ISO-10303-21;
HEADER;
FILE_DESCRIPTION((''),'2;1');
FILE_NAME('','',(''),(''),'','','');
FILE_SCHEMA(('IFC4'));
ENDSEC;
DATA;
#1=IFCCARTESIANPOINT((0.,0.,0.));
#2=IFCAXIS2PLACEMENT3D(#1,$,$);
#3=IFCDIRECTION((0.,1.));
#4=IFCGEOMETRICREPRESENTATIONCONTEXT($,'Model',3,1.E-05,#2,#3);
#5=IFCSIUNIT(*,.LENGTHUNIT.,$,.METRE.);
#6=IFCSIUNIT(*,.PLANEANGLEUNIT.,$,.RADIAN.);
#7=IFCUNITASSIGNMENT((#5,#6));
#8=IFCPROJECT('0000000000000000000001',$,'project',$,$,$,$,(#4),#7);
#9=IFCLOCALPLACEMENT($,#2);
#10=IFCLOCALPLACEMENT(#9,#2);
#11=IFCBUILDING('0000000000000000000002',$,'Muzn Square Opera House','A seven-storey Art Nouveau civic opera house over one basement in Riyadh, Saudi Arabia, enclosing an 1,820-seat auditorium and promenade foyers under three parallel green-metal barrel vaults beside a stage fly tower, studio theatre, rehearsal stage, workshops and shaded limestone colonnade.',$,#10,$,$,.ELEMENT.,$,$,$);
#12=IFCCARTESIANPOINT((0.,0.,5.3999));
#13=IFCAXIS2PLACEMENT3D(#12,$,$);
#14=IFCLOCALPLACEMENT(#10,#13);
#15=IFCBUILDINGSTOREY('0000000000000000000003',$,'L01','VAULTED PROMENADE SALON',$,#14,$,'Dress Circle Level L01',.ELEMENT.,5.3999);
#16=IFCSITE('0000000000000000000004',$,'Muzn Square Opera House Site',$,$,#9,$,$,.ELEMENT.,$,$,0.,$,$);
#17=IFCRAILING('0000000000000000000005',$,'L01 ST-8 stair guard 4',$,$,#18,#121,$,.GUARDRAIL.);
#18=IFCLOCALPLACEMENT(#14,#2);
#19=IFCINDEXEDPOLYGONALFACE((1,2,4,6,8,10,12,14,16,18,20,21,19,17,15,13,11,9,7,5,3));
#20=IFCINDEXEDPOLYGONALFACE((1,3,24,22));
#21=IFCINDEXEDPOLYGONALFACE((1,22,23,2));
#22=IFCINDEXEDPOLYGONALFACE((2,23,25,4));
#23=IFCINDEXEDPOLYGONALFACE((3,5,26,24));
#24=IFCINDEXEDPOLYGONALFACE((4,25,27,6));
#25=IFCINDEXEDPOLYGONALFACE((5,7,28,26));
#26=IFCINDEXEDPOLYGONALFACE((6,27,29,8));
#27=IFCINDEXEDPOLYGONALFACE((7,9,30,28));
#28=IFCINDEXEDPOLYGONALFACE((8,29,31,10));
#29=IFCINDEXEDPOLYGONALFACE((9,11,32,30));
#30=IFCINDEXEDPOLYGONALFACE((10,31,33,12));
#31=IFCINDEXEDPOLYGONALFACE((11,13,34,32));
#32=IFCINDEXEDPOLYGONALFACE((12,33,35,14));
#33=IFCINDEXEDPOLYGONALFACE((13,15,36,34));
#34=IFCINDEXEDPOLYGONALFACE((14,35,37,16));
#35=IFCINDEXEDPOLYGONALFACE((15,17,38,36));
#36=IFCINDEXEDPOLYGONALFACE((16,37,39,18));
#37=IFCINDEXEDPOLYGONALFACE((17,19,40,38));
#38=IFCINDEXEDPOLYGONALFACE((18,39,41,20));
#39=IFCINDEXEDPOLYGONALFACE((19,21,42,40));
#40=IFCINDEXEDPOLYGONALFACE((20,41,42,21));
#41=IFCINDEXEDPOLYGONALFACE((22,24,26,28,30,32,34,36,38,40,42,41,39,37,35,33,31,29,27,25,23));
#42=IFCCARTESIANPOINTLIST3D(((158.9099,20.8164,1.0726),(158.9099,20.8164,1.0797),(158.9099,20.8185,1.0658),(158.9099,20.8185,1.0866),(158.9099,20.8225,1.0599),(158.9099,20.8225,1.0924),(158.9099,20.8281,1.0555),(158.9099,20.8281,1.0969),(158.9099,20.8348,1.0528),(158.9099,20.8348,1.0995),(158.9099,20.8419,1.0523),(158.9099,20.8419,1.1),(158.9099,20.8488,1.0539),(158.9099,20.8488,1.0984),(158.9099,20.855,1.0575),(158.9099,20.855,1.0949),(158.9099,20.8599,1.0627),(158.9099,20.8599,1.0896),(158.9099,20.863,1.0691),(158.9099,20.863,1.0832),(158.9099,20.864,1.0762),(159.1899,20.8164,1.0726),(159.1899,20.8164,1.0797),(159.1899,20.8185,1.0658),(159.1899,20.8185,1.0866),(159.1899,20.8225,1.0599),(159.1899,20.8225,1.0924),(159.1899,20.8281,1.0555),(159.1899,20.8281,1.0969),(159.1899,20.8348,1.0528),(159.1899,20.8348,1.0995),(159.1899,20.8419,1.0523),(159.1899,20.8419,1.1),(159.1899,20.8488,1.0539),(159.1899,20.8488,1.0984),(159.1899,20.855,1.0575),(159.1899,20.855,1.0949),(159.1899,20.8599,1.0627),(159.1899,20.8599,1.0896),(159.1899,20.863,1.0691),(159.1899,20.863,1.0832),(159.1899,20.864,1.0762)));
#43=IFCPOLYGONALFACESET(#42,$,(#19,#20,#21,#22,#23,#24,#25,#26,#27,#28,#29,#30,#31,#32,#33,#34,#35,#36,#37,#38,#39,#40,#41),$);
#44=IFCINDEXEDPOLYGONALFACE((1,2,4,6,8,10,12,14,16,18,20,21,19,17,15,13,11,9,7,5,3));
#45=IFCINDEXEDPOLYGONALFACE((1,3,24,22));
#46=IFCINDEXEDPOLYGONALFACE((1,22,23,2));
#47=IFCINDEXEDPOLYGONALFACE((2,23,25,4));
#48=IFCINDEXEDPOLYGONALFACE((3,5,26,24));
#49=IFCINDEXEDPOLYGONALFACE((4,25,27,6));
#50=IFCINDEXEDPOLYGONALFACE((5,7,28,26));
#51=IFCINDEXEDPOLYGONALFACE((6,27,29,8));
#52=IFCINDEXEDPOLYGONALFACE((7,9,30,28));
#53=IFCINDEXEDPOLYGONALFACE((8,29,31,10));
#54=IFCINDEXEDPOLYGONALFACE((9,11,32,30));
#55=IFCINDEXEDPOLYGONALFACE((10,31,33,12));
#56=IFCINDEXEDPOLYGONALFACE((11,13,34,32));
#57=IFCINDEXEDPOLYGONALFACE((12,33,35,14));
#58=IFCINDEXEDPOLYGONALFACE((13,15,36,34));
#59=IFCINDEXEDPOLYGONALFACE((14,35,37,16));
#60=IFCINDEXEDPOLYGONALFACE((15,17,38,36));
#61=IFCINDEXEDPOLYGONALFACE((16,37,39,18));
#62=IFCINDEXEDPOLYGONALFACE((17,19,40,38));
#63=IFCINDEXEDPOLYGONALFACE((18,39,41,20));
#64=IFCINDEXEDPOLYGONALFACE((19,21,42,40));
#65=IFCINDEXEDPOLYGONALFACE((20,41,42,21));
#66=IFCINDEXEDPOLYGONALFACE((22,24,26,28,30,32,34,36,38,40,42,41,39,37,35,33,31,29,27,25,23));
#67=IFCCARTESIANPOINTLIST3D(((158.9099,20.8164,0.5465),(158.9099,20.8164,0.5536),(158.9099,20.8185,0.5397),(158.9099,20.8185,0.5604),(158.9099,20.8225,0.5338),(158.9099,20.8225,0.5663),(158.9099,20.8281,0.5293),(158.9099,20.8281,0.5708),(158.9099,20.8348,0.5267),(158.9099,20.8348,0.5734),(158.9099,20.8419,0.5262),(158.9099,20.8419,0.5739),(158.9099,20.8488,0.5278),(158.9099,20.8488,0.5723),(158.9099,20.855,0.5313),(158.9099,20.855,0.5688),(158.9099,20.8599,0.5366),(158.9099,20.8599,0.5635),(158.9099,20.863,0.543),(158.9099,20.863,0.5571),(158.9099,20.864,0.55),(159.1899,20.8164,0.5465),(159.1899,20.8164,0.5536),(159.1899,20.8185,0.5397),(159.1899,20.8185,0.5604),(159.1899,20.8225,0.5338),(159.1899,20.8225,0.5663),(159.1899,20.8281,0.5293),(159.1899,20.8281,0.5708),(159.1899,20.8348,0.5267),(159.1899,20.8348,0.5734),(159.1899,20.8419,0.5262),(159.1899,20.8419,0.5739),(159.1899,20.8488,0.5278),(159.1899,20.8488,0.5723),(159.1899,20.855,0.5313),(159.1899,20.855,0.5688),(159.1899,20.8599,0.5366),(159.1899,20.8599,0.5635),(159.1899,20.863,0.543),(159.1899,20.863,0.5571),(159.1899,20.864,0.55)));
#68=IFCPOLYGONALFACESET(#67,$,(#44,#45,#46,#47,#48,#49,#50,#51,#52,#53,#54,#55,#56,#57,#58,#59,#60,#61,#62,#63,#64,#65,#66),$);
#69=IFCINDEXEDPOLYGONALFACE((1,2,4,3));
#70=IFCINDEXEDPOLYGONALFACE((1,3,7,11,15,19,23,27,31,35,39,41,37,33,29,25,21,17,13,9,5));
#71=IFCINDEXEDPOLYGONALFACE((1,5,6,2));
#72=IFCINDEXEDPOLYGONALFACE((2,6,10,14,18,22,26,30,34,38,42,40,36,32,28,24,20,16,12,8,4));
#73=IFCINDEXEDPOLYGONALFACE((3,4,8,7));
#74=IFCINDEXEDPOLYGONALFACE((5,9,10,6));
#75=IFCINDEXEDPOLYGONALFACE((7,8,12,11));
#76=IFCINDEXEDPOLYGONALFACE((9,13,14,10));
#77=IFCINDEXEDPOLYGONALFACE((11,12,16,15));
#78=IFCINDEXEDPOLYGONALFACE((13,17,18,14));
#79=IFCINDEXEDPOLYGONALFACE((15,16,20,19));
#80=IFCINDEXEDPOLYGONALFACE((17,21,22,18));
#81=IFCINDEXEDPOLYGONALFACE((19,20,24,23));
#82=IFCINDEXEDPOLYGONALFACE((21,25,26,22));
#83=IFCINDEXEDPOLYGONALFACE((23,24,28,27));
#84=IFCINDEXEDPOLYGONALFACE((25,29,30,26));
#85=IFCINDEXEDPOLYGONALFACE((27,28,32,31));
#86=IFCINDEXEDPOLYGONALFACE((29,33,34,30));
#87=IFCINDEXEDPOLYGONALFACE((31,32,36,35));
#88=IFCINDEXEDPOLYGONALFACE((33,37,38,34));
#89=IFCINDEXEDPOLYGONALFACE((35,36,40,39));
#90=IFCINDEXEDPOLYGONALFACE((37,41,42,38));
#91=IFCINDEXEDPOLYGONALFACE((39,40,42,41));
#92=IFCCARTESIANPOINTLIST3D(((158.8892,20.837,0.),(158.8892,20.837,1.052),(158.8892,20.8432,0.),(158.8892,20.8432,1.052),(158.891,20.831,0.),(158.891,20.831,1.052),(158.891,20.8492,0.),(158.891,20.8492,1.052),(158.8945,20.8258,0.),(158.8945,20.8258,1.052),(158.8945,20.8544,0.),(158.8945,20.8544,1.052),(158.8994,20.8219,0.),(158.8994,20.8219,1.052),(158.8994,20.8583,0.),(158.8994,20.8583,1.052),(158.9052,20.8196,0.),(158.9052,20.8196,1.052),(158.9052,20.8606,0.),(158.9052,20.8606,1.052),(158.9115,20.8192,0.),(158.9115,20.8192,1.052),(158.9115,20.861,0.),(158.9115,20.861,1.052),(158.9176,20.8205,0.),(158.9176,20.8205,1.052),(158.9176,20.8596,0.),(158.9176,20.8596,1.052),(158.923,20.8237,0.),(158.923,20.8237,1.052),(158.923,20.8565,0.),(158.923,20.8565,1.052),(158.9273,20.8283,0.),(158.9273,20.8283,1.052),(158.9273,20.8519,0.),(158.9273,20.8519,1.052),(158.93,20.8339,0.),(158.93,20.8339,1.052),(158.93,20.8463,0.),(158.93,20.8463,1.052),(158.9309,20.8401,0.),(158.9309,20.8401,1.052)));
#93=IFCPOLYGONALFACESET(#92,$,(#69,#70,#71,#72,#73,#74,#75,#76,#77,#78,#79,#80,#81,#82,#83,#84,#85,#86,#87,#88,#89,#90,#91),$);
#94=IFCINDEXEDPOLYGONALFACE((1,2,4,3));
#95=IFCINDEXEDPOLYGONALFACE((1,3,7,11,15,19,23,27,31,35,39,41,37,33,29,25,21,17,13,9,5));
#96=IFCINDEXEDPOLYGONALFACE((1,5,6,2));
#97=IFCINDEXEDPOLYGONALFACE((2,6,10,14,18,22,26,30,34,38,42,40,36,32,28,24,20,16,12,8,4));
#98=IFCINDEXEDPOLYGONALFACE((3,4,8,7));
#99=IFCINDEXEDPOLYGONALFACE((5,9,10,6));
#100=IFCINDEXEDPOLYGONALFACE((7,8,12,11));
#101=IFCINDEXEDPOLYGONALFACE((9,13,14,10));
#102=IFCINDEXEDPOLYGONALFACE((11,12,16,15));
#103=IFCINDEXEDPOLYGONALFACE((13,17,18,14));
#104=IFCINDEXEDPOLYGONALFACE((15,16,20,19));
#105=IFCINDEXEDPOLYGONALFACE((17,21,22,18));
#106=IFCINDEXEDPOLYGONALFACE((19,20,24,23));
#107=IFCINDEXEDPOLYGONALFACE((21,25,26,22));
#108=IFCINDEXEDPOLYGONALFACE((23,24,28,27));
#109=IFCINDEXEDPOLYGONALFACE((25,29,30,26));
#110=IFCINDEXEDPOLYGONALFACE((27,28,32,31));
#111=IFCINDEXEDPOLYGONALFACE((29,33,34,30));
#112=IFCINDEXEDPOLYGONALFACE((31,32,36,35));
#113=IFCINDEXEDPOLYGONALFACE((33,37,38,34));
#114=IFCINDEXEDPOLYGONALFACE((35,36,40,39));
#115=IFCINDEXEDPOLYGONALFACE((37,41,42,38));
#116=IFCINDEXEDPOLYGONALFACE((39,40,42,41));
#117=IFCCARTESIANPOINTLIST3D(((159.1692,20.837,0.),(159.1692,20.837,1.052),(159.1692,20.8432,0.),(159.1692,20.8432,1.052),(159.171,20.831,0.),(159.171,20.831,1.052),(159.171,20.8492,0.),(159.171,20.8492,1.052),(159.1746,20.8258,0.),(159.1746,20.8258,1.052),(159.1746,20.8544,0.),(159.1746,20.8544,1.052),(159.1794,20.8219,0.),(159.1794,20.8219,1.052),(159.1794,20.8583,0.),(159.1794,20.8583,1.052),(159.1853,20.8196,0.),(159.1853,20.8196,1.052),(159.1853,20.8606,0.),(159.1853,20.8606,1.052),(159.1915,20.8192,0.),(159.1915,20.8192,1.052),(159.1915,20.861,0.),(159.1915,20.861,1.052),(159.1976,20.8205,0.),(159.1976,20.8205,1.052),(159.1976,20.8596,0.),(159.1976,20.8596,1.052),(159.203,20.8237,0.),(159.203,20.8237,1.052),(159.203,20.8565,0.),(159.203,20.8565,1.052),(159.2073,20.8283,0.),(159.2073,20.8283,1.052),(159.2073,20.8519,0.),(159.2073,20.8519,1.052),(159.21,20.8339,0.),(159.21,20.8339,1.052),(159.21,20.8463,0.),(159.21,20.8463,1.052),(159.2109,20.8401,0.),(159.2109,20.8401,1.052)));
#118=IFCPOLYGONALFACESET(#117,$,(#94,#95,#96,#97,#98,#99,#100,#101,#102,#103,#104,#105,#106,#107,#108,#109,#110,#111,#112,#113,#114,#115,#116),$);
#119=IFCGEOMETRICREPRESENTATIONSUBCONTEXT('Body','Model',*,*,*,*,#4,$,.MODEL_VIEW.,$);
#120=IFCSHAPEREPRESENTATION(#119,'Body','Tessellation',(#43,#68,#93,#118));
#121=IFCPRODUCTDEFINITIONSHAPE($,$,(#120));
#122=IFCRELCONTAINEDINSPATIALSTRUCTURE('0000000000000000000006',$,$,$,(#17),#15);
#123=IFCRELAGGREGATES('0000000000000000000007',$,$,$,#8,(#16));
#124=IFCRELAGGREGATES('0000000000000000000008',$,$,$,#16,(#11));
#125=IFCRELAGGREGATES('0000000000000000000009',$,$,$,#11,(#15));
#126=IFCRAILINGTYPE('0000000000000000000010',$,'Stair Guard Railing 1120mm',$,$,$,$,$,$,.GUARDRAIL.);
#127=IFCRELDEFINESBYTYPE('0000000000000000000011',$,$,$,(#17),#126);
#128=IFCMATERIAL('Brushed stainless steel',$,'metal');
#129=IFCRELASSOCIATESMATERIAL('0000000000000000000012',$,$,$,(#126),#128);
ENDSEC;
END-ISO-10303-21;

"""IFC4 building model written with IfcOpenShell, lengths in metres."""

from ifc_helpers import new_model, si_unit, direction, frame, origin, origin_2d, place, context, subcontext, project, spatial, circle, extrude, material, type_object, element, save


model = new_model("IFC4")

# Units and contexts
model_context = context("Model", 3, precision=1e-05, world=origin(), true_north=direction((0.0, 1.0)))
body_context = subcontext(model_context, "Body", "Model", "MODEL_VIEW")
ifc_project = project(units=[si_unit("LENGTHUNIT", "METRE"), si_unit("PLANEANGLEUNIT", "RADIAN")], contexts=[model_context])

# Site, building, storey
site_placement = place(None, origin())
site = spatial("IfcSite", under=ifc_project, at=site_placement, Name="Muzn Square Opera House Site", CompositionType="ELEMENT", RefElevation=0.0)
building_placement = place(site_placement, origin())
building = spatial("IfcBuilding", under=site, at=building_placement, Name="Muzn Square Opera House", Description="A seven-storey Art Nouveau civic opera house over one basement in Riyadh, Saudi Arabia, enclosing an 1,820-seat auditorium and promenade foyers under three parallel green-metal barrel vaults beside a stage fly tower, studio theatre, rehearsal stage, workshops and shaded limestone colonnade.", CompositionType="ELEMENT")
storey_placement = place(building_placement, frame((0.0, 0.0, 5.3999)))
storey = spatial("IfcBuildingStorey", under=building, at=storey_placement, Name="L01", Description="VAULTED PROMENADE SALON", LongName="Dress Circle Level L01", CompositionType="ELEMENT", Elevation=5.3999)

# Railing
ifc_material_1 = material(Name="Brushed stainless steel", Category="metal")
railing_type_1 = type_object("IfcRailingType", Name="Stair Guard Railing 1120mm", PredefinedType="GUARDRAIL", material=ifc_material_1)
railing_1_placement = place(storey_placement, frame((158.9099, 20.8401, 0.0)))
element("IfcRailing", 1, at=railing_1_placement, inside=storey, type_object=railing_type_1, Name="L01 ST-8 stair guard 4", PredefinedType="GUARDRAIL", context=body_context, shape_type="SweptSolid", body=[
    extrude(circle(Radius=0.0239, at=origin_2d()), frame((0.0, 0.0, 1.0762), z_axis=(1.0, 0.0, 0.0), x_axis=(0.0, 1.0, 0.0)), (0.0, 0.0, 1.0), 0.28),
    extrude(circle(Radius=0.0239, at=origin_2d()), frame((0.0, 0.0, 0.55), z_axis=(1.0, 0.0, 0.0), x_axis=(0.0, 1.0, 0.0)), (0.0, 0.0, 1.0), 0.28),
    extrude(circle(Radius=0.021, at=origin_2d()), origin(), (0.0, 0.0, 1.0), 1.052),
    extrude(circle(Radius=0.021, at=origin_2d()), frame((0.28, 0.0, 0.0)), (0.0, 0.0, 1.0), 1.052),
])

save(model, "model.ifc")
